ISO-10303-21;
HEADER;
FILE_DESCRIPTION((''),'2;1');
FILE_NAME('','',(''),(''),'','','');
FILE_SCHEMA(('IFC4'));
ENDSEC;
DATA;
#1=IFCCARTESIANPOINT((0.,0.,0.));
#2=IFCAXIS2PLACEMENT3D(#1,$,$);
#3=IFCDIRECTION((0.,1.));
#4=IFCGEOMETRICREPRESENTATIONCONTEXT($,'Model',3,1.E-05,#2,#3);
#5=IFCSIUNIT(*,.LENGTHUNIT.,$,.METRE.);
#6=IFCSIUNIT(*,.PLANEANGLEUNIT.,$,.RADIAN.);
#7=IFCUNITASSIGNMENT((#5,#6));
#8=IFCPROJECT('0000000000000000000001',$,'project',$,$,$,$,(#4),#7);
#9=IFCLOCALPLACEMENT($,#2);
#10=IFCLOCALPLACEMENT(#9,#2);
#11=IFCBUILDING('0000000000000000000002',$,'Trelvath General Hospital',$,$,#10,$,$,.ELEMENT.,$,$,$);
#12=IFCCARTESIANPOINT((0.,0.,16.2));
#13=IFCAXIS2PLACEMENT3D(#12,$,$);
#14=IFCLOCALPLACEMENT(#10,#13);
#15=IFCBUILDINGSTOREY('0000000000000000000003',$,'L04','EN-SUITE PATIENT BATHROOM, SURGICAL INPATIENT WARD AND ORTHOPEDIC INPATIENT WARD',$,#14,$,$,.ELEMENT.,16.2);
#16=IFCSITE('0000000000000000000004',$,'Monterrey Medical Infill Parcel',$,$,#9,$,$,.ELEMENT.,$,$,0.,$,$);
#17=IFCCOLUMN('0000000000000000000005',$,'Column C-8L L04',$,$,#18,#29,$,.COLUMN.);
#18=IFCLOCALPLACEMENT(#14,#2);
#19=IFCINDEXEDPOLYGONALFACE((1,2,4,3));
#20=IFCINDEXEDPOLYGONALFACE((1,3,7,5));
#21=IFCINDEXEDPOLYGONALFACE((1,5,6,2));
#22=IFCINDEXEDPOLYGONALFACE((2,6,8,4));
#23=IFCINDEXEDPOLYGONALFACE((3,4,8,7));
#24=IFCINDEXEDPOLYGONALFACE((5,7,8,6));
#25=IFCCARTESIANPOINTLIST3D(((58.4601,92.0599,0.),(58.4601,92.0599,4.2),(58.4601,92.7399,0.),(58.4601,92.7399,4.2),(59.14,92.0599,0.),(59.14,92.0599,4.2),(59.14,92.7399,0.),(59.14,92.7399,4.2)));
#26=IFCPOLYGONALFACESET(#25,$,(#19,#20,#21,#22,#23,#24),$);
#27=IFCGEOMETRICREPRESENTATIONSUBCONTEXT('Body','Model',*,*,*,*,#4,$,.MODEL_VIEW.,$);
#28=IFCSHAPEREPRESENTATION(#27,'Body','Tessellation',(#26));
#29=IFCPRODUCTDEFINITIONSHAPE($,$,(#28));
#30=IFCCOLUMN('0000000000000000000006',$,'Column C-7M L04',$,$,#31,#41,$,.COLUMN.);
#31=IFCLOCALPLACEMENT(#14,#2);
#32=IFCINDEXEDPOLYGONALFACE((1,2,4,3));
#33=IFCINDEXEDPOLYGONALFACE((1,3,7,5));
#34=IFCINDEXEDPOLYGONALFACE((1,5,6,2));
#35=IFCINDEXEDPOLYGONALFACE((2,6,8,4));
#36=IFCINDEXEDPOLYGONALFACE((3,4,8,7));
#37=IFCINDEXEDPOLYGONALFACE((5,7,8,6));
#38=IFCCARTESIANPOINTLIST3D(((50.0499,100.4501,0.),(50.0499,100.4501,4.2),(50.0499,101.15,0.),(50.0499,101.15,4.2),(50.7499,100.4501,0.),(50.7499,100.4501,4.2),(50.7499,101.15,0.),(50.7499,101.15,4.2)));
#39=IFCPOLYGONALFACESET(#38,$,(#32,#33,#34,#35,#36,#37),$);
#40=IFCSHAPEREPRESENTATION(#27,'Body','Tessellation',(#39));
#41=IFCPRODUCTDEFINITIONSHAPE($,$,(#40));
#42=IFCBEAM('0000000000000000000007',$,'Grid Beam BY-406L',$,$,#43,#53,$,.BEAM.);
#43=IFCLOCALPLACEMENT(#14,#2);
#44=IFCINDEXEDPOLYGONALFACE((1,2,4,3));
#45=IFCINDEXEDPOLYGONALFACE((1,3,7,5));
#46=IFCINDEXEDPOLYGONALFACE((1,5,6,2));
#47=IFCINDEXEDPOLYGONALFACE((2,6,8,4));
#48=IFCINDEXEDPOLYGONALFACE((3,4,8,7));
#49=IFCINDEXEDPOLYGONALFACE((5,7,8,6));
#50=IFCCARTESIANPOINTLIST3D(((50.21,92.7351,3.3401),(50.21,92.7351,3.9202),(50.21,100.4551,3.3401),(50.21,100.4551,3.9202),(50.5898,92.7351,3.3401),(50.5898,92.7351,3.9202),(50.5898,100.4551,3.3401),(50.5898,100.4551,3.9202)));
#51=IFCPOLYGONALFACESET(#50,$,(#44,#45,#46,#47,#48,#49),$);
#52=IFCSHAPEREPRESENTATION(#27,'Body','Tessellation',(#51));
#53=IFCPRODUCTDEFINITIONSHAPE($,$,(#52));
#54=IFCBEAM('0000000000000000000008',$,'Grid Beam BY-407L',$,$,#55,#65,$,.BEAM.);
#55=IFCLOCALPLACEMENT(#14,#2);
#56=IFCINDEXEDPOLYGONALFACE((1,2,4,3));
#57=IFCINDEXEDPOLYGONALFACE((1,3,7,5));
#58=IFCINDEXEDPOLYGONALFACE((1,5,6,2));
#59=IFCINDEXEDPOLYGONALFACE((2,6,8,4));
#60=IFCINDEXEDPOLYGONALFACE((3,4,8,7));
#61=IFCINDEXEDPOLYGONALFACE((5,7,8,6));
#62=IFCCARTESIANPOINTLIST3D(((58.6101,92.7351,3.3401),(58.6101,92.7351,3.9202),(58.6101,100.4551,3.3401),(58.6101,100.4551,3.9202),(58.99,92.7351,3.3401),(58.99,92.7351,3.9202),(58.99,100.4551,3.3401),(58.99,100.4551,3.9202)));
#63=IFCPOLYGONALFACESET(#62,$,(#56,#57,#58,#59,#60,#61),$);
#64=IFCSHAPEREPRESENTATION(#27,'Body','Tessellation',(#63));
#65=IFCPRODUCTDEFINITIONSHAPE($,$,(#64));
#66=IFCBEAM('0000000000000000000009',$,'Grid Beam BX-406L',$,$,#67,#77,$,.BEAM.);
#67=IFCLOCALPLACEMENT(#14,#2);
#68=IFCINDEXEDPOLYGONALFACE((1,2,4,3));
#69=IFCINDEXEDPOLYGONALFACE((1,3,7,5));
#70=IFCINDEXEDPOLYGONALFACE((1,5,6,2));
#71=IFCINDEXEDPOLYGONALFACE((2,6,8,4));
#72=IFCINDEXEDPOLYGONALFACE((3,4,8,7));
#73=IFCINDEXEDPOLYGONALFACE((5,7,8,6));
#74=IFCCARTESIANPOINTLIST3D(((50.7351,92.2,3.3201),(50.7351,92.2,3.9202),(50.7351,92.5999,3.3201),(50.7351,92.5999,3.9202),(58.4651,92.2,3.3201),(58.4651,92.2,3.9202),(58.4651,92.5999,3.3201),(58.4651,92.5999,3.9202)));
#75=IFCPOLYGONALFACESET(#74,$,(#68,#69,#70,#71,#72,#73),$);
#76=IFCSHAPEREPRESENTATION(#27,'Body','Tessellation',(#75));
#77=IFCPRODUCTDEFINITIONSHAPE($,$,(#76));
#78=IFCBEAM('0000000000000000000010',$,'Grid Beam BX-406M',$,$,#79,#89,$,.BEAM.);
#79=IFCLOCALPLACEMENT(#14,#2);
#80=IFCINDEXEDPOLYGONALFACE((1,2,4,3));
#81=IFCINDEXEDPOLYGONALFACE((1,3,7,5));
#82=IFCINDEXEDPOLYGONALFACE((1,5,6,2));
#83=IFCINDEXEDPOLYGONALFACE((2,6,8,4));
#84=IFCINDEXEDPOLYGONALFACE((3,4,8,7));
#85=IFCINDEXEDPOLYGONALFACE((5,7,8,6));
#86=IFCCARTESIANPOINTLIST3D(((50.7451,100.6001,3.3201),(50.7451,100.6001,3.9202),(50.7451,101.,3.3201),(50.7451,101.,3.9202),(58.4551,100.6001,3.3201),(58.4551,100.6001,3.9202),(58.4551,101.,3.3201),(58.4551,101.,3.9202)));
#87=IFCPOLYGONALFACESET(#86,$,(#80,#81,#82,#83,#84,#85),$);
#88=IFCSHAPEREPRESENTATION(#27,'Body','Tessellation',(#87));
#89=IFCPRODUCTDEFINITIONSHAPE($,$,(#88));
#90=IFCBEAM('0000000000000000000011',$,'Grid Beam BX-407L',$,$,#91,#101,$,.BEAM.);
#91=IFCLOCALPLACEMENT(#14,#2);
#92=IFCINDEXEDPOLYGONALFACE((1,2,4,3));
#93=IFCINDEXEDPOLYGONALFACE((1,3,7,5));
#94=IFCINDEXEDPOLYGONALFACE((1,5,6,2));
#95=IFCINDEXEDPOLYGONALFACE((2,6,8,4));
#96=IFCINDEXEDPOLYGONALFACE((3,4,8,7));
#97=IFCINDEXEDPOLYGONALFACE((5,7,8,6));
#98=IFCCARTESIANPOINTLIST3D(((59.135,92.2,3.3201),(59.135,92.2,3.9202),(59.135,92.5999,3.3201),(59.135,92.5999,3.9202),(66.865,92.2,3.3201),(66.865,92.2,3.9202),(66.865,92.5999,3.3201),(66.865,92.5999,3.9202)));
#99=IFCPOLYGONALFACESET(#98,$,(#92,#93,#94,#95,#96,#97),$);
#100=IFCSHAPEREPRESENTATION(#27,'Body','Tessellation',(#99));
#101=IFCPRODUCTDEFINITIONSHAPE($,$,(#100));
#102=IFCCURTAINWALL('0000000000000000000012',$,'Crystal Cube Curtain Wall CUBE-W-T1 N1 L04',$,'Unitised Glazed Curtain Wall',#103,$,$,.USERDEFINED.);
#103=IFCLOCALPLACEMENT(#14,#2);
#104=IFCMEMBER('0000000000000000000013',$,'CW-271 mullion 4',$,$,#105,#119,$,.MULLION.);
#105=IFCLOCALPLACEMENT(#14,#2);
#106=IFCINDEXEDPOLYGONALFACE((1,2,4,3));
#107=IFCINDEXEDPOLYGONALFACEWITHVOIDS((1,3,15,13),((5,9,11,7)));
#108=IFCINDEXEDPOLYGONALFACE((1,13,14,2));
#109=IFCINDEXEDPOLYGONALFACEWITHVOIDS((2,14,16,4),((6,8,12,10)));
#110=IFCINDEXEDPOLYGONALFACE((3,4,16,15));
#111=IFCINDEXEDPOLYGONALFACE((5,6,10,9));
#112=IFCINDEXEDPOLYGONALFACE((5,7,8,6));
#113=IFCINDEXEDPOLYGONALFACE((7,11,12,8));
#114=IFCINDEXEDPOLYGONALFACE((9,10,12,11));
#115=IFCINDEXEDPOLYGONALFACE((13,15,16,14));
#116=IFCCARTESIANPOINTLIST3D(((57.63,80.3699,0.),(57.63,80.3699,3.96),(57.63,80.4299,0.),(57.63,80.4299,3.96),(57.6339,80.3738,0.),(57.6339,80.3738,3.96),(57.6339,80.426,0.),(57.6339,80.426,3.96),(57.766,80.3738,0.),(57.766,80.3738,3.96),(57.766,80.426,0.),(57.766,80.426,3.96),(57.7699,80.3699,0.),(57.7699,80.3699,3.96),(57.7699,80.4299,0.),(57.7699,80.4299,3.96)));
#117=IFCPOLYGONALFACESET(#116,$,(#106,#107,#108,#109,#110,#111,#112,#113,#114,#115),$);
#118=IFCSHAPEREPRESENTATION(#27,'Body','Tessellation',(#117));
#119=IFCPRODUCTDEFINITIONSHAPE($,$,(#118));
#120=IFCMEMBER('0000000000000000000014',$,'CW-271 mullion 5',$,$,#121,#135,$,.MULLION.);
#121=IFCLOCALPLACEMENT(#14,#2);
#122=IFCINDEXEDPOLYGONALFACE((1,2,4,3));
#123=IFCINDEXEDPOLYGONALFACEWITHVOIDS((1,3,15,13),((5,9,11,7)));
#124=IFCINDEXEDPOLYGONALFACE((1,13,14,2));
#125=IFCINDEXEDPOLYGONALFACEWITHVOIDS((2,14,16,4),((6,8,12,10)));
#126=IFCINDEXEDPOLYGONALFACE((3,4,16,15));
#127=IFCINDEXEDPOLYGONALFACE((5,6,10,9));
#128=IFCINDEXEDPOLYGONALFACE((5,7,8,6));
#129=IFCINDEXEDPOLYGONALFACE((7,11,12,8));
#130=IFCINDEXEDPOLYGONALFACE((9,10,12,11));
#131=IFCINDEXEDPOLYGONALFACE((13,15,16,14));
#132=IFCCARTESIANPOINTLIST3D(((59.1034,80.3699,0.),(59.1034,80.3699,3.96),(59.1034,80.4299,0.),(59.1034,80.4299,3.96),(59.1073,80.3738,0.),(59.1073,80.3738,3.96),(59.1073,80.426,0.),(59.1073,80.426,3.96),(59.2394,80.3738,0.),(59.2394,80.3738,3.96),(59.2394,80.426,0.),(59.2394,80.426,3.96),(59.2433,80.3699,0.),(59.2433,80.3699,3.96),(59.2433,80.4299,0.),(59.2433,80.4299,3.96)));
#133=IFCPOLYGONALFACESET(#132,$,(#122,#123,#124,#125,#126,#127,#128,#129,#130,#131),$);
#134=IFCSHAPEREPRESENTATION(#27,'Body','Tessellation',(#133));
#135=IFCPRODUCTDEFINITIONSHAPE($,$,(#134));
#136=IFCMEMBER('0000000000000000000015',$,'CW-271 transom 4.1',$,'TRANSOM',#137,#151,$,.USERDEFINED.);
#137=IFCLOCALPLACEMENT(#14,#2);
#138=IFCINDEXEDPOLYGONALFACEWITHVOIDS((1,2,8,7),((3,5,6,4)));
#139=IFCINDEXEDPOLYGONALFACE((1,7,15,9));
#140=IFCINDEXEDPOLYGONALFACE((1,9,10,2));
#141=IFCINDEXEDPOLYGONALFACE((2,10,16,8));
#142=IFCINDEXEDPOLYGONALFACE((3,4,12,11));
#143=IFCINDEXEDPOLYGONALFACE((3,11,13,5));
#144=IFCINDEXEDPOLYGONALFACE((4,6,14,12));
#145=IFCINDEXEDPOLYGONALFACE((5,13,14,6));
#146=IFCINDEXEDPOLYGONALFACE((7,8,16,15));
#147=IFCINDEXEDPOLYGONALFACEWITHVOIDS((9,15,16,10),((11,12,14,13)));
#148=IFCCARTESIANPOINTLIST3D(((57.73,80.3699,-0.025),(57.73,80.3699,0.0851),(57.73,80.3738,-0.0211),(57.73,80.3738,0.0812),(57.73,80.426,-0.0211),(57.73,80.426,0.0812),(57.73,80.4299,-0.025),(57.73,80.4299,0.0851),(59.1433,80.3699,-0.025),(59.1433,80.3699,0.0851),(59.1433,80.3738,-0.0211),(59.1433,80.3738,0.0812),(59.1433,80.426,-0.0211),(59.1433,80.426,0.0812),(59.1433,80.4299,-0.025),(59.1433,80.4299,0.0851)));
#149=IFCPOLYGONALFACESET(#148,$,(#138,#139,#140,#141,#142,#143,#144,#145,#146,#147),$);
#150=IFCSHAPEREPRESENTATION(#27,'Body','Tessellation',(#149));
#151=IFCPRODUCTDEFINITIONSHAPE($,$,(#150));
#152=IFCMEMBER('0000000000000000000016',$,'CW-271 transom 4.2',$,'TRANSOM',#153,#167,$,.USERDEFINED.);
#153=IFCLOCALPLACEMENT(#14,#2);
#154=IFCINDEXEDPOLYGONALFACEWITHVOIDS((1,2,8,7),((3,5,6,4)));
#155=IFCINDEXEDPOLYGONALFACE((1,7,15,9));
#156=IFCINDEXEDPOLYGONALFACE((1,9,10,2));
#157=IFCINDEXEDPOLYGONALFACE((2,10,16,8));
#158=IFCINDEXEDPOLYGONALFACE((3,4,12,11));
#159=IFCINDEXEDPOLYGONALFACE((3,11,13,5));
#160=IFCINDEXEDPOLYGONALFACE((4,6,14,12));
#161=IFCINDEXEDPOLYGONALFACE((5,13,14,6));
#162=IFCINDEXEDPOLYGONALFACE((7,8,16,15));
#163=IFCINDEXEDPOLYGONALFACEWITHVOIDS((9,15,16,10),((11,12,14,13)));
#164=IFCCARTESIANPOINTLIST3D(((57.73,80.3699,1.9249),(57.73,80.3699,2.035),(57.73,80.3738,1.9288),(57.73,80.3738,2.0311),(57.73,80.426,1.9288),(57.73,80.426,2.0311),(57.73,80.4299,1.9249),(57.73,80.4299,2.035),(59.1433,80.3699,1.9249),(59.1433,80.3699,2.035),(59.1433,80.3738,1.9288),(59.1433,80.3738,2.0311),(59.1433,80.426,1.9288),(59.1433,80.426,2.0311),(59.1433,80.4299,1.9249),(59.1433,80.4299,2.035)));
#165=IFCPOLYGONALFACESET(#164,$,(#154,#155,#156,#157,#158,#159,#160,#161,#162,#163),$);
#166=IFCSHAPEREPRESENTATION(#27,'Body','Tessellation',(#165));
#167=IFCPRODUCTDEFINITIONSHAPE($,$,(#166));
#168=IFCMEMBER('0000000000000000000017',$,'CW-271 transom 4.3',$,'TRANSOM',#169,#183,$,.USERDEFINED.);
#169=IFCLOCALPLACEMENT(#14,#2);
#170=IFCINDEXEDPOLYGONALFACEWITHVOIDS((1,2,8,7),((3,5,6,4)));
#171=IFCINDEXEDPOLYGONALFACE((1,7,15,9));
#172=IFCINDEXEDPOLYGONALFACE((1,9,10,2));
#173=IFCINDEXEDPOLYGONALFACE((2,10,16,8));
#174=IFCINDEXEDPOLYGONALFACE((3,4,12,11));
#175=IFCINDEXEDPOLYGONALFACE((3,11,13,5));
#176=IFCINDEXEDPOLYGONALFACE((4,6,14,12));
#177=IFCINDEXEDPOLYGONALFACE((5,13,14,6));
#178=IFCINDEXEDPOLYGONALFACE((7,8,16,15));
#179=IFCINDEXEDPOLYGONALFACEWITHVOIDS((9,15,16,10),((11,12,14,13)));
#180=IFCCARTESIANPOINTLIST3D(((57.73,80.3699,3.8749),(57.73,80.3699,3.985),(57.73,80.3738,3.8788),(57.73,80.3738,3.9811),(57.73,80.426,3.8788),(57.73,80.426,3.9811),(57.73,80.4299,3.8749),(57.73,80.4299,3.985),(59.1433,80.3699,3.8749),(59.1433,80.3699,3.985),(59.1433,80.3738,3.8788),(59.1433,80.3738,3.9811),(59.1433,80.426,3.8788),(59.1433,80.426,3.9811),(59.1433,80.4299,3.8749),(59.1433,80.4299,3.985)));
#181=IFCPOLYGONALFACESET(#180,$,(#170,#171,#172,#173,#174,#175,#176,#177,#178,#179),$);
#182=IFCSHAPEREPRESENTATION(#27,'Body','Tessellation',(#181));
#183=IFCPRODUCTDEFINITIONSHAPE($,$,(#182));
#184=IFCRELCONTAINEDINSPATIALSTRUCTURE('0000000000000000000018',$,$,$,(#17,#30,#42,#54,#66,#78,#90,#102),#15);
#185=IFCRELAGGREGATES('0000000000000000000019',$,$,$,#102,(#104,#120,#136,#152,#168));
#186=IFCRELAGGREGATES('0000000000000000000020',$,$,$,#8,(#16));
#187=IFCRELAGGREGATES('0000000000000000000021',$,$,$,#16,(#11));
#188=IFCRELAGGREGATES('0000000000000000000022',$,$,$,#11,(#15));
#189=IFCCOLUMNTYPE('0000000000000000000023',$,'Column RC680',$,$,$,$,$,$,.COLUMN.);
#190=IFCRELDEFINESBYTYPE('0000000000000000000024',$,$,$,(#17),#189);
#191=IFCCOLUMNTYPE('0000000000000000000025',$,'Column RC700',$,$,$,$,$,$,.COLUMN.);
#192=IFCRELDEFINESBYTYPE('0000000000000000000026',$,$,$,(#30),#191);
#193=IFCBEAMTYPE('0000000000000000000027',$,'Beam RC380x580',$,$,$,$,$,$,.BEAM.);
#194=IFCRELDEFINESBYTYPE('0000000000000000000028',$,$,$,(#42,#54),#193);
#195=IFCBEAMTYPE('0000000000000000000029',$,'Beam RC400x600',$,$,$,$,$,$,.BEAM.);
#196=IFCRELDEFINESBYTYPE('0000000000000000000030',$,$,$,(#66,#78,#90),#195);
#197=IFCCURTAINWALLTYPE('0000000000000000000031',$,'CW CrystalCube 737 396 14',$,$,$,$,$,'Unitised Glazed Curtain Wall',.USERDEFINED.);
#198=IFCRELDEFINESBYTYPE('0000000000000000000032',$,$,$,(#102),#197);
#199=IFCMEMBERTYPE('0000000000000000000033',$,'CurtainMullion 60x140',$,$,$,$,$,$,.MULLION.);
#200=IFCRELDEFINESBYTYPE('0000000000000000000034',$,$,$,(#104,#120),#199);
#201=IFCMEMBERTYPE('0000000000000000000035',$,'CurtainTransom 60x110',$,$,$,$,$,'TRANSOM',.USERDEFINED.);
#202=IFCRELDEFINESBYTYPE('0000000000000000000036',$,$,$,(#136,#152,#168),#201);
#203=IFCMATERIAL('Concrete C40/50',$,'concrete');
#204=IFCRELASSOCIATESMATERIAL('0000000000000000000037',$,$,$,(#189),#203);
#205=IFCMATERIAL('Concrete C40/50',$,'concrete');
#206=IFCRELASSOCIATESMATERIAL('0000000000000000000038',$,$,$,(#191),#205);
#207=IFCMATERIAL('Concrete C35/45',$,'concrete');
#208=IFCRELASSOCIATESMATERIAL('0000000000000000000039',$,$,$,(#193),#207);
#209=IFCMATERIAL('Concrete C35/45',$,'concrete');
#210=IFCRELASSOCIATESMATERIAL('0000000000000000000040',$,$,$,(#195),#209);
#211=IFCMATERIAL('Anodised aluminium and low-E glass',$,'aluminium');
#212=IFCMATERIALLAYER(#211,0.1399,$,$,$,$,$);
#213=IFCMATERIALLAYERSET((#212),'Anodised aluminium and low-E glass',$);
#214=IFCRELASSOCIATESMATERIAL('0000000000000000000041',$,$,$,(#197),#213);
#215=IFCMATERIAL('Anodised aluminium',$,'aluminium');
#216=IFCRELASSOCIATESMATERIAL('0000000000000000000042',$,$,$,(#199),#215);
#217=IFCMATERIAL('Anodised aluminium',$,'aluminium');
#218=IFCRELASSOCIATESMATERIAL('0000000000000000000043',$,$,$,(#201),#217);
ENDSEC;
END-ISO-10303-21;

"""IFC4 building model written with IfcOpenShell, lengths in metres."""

from ifc_helpers import new_model, si_unit, direction, frame, origin, origin_2d, place, context, subcontext, project, spatial, rectangle, hollow_rectangle, extrude, material, layer, layer_set, material_profile, profile_set, type_object, element, aggregate, save


model = new_model("IFC4")

# Units and contexts
model_context = context("Model", 3, precision=1e-05, world=origin(), true_north=direction((0.0, 1.0)))
body_context = subcontext(model_context, "Body", "Model", "MODEL_VIEW")
ifc_project = project(units=[si_unit("LENGTHUNIT", "METRE"), si_unit("PLANEANGLEUNIT", "RADIAN")], contexts=[model_context])

# Site, building, storey
site_placement = place(None, origin())
site = spatial("IfcSite", under=ifc_project, at=site_placement, Name="Monterrey Medical Infill Parcel", CompositionType="ELEMENT", RefElevation=0.0)
building_placement = place(site_placement, origin())
building = spatial("IfcBuilding", under=site, at=building_placement, Name="Trelvath General Hospital", CompositionType="ELEMENT")
storey_placement = place(building_placement, frame((0.0, 0.0, 16.2)))
storey = spatial("IfcBuildingStorey", under=building, at=storey_placement, Name="L04", Description="EN-SUITE PATIENT BATHROOM, SURGICAL INPATIENT WARD AND ORTHOPEDIC INPATIENT WARD", CompositionType="ELEMENT", Elevation=16.2)

# Columns
ifc_material_1 = material(Name="Concrete C40/50", Category="concrete")
ifc_material_profile_1 = material_profile(ifc_material_1, rectangle(XDim=0.6799, YDim=0.6799, at=origin_2d()), Name="RC680x680")
ifc_profile_set_1 = profile_set([ifc_material_profile_1], Name="Concrete C40/50")
column_type_1 = type_object("IfcColumnType", Name="Column RC680", PredefinedType="COLUMN", material=ifc_profile_set_1)
column_1_placement = place(storey_placement, frame((58.8, 92.3999, 0.0), z_axis=(0.0, 0.0, 1.0), x_axis=(1.0, 0.0, 0.0)))
element("IfcColumn", 1, at=column_1_placement, inside=storey, type_object=column_type_1, Name="Column C-8L L04", PredefinedType="COLUMN", context=body_context, shape_type="SweptSolid", body=[
    extrude(rectangle(XDim=0.6799, YDim=0.6799, at=origin_2d()), origin(), (0.0, 0.0, 1.0), 4.2),
])
ifc_material_2 = material(Name="Concrete C40/50", Category="concrete")
ifc_material_profile_2 = material_profile(ifc_material_2, rectangle(XDim=0.7, YDim=0.7, at=origin_2d()), Name="RC700x700")
ifc_profile_set_2 = profile_set([ifc_material_profile_2], Name="Concrete C40/50")
column_type_2 = type_object("IfcColumnType", Name="Column RC700", PredefinedType="COLUMN", material=ifc_profile_set_2)
column_2_placement = place(storey_placement, frame((50.3999, 100.8, 0.0), z_axis=(0.0, 0.0, 1.0), x_axis=(1.0, 0.0, 0.0)))
element("IfcColumn", 2, at=column_2_placement, inside=storey, type_object=column_type_2, Name="Column C-7M L04", PredefinedType="COLUMN", context=body_context, shape_type="SweptSolid", body=[
    extrude(rectangle(XDim=0.7, YDim=0.7, at=origin_2d()), origin(), (0.0, 0.0, 1.0), 4.2),
])

# Beams
ifc_material_3 = material(Name="Concrete C35/45", Category="concrete")
ifc_material_profile_3 = material_profile(ifc_material_3, rectangle(XDim=0.3799, YDim=0.5801, at=origin_2d()), Name="RCB380x580")
ifc_profile_set_3 = profile_set([ifc_material_profile_3], Name="Concrete C35/45")
beam_type_1 = type_object("IfcBeamType", Name="Beam RC380x580", PredefinedType="BEAM", material=ifc_profile_set_3)
for number, where, z_axis, x_axis, name in (
    (3, (50.3999, 92.7351, 3.6301), (0.0, 1.0, 0.0), (-1.0, 0.0, 0.0), "Grid Beam BY-406L"),
    (4, (58.8, 92.7351, 3.6301), (0.0, 1.0, 0.0), (-1.0, 0.0, 0.0), "Grid Beam BY-407L"),
):
    element("IfcBeam", number, at=place(storey_placement, frame(where, z_axis=z_axis, x_axis=x_axis)), inside=storey, type_object=beam_type_1, Name=name, PredefinedType="BEAM", context=body_context, shape_type="SweptSolid", body=[
        extrude(rectangle(XDim=0.3799, YDim=0.5801, at=origin_2d()), origin(), (0.0, 0.0, 1.0), 7.72),
    ])
ifc_material_4 = material(Name="Concrete C35/45", Category="concrete")
ifc_material_profile_4 = material_profile(ifc_material_4, rectangle(XDim=0.3999, YDim=0.6001, at=origin_2d()), Name="RCB400x600")
ifc_profile_set_4 = profile_set([ifc_material_profile_4], Name="Concrete C35/45")
beam_type_2 = type_object("IfcBeamType", Name="Beam RC400x600", PredefinedType="BEAM", material=ifc_profile_set_4)
beam_1_placement = place(storey_placement, frame((50.7351, 92.3999, 3.6201), z_axis=(1.0, 0.0, 0.0), x_axis=(0.0, 1.0, 0.0)))
element("IfcBeam", 5, at=beam_1_placement, inside=storey, type_object=beam_type_2, Name="Grid Beam BX-406L", PredefinedType="BEAM", context=body_context, shape_type="SweptSolid", body=[
    extrude(rectangle(XDim=0.3999, YDim=0.6001, at=origin_2d()), origin(), (0.0, 0.0, 1.0), 7.73),
])
beam_2_placement = place(storey_placement, frame((50.7451, 100.8, 3.6201), z_axis=(1.0, 0.0, 0.0), x_axis=(0.0, 1.0, 0.0)))
element("IfcBeam", 6, at=beam_2_placement, inside=storey, type_object=beam_type_2, Name="Grid Beam BX-406M", PredefinedType="BEAM", context=body_context, shape_type="SweptSolid", body=[
    extrude(rectangle(XDim=0.3999, YDim=0.6001, at=origin_2d()), origin(), (0.0, 0.0, 1.0), 7.71),
])
beam_3_placement = place(storey_placement, frame((59.135, 92.3999, 3.6201), z_axis=(1.0, 0.0, 0.0), x_axis=(0.0, 1.0, 0.0)))
element("IfcBeam", 7, at=beam_3_placement, inside=storey, type_object=beam_type_2, Name="Grid Beam BX-407L", PredefinedType="BEAM", context=body_context, shape_type="SweptSolid", body=[
    extrude(rectangle(XDim=0.3999, YDim=0.6001, at=origin_2d()), origin(), (0.0, 0.0, 1.0), 7.73),
])

# Curtain wall, members
ifc_material_5 = material(Name="Anodised aluminium and low-E glass", Category="aluminium")
ifc_layer_1 = layer(ifc_material_5, 0.1399)
ifc_layer_set_1 = layer_set([ifc_layer_1], Name="Anodised aluminium and low-E glass")
curtain_wall_type = type_object("IfcCurtainWallType", Name="CW CrystalCube 737 396 14", ElementType="Unitised Glazed Curtain Wall", PredefinedType="USERDEFINED", material=ifc_layer_set_1)
curtain_wall_placement = place(storey_placement, origin())
curtain_wall = element("IfcCurtainWall", 8, at=curtain_wall_placement, inside=storey, type_object=curtain_wall_type, Name="Crystal Cube Curtain Wall CUBE-W-T1 N1 L04", ObjectType="Unitised Glazed Curtain Wall", PredefinedType="USERDEFINED")
ifc_material_6 = material(Name="Anodised aluminium", Category="aluminium")
ifc_material_profile_5 = material_profile(ifc_material_6, hollow_rectangle(XDim=0.0601, YDim=0.1399, WallThickness=0.0039, at=origin_2d()), Name="RHS60x140x4")
ifc_profile_set_5 = profile_set([ifc_material_profile_5], Name="Anodised aluminium")
member_type_1 = type_object("IfcMemberType", Name="CurtainMullion 60x140", PredefinedType="MULLION", material=ifc_profile_set_5)
member_1_placement = place(storey_placement, frame((57.7, 80.3999, 0.0), z_axis=(0.0, 0.0, 1.0), x_axis=(0.0, 1.0, 0.0)))
member_1 = element("IfcMember", 9, at=member_1_placement, type_object=member_type_1, Name="CW-271 mullion 4", PredefinedType="MULLION", context=body_context, shape_type="SweptSolid", body=[
    extrude(hollow_rectangle(XDim=0.0601, YDim=0.1399, WallThickness=0.0039, at=origin_2d()), origin(), (0.0, 0.0, 1.0), 3.96),
])
member_2_placement = place(storey_placement, frame((59.1733, 80.3999, 0.0), z_axis=(0.0, 0.0, 1.0), x_axis=(0.0, 1.0, 0.0)))
member_2 = element("IfcMember", 10, at=member_2_placement, type_object=member_type_1, Name="CW-271 mullion 5", PredefinedType="MULLION", context=body_context, shape_type="SweptSolid", body=[
    extrude(hollow_rectangle(XDim=0.0601, YDim=0.1399, WallThickness=0.0039, at=origin_2d()), origin(), (0.0, 0.0, 1.0), 3.96),
])
ifc_material_7 = material(Name="Anodised aluminium", Category="aluminium")
ifc_material_profile_6 = material_profile(ifc_material_7, hollow_rectangle(XDim=0.0601, YDim=0.1101, WallThickness=0.0039, at=origin_2d()), Name="RHS60x110x4")
ifc_profile_set_6 = profile_set([ifc_material_profile_6], Name="Anodised aluminium")
member_type_2 = type_object("IfcMemberType", Name="CurtainTransom 60x110", ElementType="TRANSOM", PredefinedType="USERDEFINED", material=ifc_profile_set_6)
member_3_placement = place(storey_placement, frame((57.73, 80.3999, 0.03), z_axis=(1.0, 0.0, 0.0), x_axis=(0.0, 1.0, 0.0)))
member_3 = element("IfcMember", 11, at=member_3_placement, type_object=member_type_2, Name="CW-271 transom 4.1", ObjectType="TRANSOM", PredefinedType="USERDEFINED", context=body_context, shape_type="SweptSolid", body=[
    extrude(hollow_rectangle(XDim=0.0601, YDim=0.1101, WallThickness=0.0039, at=origin_2d()), origin(), (0.0, 0.0, 1.0), 1.4133),
])
member_4_placement = place(storey_placement, frame((57.73, 80.3999, 1.98), z_axis=(1.0, 0.0, 0.0), x_axis=(0.0, 1.0, 0.0)))
member_4 = element("IfcMember", 12, at=member_4_placement, type_object=member_type_2, Name="CW-271 transom 4.2", ObjectType="TRANSOM", PredefinedType="USERDEFINED", context=body_context, shape_type="SweptSolid", body=[
    extrude(hollow_rectangle(XDim=0.0601, YDim=0.1101, WallThickness=0.0039, at=origin_2d()), origin(), (0.0, 0.0, 1.0), 1.4133),
])
member_5_placement = place(storey_placement, frame((57.73, 80.3999, 3.9299), z_axis=(1.0, 0.0, 0.0), x_axis=(0.0, 1.0, 0.0)))
member_5 = element("IfcMember", 13, at=member_5_placement, type_object=member_type_2, Name="CW-271 transom 4.3", ObjectType="TRANSOM", PredefinedType="USERDEFINED", context=body_context, shape_type="SweptSolid", body=[
    extrude(hollow_rectangle(XDim=0.0601, YDim=0.1101, WallThickness=0.0039, at=origin_2d()), origin(), (0.0, 0.0, 1.0), 1.4133),
])
aggregate(curtain_wall, [member_1, member_2, member_3, member_4, member_5])

save(model, "model.ifc")
